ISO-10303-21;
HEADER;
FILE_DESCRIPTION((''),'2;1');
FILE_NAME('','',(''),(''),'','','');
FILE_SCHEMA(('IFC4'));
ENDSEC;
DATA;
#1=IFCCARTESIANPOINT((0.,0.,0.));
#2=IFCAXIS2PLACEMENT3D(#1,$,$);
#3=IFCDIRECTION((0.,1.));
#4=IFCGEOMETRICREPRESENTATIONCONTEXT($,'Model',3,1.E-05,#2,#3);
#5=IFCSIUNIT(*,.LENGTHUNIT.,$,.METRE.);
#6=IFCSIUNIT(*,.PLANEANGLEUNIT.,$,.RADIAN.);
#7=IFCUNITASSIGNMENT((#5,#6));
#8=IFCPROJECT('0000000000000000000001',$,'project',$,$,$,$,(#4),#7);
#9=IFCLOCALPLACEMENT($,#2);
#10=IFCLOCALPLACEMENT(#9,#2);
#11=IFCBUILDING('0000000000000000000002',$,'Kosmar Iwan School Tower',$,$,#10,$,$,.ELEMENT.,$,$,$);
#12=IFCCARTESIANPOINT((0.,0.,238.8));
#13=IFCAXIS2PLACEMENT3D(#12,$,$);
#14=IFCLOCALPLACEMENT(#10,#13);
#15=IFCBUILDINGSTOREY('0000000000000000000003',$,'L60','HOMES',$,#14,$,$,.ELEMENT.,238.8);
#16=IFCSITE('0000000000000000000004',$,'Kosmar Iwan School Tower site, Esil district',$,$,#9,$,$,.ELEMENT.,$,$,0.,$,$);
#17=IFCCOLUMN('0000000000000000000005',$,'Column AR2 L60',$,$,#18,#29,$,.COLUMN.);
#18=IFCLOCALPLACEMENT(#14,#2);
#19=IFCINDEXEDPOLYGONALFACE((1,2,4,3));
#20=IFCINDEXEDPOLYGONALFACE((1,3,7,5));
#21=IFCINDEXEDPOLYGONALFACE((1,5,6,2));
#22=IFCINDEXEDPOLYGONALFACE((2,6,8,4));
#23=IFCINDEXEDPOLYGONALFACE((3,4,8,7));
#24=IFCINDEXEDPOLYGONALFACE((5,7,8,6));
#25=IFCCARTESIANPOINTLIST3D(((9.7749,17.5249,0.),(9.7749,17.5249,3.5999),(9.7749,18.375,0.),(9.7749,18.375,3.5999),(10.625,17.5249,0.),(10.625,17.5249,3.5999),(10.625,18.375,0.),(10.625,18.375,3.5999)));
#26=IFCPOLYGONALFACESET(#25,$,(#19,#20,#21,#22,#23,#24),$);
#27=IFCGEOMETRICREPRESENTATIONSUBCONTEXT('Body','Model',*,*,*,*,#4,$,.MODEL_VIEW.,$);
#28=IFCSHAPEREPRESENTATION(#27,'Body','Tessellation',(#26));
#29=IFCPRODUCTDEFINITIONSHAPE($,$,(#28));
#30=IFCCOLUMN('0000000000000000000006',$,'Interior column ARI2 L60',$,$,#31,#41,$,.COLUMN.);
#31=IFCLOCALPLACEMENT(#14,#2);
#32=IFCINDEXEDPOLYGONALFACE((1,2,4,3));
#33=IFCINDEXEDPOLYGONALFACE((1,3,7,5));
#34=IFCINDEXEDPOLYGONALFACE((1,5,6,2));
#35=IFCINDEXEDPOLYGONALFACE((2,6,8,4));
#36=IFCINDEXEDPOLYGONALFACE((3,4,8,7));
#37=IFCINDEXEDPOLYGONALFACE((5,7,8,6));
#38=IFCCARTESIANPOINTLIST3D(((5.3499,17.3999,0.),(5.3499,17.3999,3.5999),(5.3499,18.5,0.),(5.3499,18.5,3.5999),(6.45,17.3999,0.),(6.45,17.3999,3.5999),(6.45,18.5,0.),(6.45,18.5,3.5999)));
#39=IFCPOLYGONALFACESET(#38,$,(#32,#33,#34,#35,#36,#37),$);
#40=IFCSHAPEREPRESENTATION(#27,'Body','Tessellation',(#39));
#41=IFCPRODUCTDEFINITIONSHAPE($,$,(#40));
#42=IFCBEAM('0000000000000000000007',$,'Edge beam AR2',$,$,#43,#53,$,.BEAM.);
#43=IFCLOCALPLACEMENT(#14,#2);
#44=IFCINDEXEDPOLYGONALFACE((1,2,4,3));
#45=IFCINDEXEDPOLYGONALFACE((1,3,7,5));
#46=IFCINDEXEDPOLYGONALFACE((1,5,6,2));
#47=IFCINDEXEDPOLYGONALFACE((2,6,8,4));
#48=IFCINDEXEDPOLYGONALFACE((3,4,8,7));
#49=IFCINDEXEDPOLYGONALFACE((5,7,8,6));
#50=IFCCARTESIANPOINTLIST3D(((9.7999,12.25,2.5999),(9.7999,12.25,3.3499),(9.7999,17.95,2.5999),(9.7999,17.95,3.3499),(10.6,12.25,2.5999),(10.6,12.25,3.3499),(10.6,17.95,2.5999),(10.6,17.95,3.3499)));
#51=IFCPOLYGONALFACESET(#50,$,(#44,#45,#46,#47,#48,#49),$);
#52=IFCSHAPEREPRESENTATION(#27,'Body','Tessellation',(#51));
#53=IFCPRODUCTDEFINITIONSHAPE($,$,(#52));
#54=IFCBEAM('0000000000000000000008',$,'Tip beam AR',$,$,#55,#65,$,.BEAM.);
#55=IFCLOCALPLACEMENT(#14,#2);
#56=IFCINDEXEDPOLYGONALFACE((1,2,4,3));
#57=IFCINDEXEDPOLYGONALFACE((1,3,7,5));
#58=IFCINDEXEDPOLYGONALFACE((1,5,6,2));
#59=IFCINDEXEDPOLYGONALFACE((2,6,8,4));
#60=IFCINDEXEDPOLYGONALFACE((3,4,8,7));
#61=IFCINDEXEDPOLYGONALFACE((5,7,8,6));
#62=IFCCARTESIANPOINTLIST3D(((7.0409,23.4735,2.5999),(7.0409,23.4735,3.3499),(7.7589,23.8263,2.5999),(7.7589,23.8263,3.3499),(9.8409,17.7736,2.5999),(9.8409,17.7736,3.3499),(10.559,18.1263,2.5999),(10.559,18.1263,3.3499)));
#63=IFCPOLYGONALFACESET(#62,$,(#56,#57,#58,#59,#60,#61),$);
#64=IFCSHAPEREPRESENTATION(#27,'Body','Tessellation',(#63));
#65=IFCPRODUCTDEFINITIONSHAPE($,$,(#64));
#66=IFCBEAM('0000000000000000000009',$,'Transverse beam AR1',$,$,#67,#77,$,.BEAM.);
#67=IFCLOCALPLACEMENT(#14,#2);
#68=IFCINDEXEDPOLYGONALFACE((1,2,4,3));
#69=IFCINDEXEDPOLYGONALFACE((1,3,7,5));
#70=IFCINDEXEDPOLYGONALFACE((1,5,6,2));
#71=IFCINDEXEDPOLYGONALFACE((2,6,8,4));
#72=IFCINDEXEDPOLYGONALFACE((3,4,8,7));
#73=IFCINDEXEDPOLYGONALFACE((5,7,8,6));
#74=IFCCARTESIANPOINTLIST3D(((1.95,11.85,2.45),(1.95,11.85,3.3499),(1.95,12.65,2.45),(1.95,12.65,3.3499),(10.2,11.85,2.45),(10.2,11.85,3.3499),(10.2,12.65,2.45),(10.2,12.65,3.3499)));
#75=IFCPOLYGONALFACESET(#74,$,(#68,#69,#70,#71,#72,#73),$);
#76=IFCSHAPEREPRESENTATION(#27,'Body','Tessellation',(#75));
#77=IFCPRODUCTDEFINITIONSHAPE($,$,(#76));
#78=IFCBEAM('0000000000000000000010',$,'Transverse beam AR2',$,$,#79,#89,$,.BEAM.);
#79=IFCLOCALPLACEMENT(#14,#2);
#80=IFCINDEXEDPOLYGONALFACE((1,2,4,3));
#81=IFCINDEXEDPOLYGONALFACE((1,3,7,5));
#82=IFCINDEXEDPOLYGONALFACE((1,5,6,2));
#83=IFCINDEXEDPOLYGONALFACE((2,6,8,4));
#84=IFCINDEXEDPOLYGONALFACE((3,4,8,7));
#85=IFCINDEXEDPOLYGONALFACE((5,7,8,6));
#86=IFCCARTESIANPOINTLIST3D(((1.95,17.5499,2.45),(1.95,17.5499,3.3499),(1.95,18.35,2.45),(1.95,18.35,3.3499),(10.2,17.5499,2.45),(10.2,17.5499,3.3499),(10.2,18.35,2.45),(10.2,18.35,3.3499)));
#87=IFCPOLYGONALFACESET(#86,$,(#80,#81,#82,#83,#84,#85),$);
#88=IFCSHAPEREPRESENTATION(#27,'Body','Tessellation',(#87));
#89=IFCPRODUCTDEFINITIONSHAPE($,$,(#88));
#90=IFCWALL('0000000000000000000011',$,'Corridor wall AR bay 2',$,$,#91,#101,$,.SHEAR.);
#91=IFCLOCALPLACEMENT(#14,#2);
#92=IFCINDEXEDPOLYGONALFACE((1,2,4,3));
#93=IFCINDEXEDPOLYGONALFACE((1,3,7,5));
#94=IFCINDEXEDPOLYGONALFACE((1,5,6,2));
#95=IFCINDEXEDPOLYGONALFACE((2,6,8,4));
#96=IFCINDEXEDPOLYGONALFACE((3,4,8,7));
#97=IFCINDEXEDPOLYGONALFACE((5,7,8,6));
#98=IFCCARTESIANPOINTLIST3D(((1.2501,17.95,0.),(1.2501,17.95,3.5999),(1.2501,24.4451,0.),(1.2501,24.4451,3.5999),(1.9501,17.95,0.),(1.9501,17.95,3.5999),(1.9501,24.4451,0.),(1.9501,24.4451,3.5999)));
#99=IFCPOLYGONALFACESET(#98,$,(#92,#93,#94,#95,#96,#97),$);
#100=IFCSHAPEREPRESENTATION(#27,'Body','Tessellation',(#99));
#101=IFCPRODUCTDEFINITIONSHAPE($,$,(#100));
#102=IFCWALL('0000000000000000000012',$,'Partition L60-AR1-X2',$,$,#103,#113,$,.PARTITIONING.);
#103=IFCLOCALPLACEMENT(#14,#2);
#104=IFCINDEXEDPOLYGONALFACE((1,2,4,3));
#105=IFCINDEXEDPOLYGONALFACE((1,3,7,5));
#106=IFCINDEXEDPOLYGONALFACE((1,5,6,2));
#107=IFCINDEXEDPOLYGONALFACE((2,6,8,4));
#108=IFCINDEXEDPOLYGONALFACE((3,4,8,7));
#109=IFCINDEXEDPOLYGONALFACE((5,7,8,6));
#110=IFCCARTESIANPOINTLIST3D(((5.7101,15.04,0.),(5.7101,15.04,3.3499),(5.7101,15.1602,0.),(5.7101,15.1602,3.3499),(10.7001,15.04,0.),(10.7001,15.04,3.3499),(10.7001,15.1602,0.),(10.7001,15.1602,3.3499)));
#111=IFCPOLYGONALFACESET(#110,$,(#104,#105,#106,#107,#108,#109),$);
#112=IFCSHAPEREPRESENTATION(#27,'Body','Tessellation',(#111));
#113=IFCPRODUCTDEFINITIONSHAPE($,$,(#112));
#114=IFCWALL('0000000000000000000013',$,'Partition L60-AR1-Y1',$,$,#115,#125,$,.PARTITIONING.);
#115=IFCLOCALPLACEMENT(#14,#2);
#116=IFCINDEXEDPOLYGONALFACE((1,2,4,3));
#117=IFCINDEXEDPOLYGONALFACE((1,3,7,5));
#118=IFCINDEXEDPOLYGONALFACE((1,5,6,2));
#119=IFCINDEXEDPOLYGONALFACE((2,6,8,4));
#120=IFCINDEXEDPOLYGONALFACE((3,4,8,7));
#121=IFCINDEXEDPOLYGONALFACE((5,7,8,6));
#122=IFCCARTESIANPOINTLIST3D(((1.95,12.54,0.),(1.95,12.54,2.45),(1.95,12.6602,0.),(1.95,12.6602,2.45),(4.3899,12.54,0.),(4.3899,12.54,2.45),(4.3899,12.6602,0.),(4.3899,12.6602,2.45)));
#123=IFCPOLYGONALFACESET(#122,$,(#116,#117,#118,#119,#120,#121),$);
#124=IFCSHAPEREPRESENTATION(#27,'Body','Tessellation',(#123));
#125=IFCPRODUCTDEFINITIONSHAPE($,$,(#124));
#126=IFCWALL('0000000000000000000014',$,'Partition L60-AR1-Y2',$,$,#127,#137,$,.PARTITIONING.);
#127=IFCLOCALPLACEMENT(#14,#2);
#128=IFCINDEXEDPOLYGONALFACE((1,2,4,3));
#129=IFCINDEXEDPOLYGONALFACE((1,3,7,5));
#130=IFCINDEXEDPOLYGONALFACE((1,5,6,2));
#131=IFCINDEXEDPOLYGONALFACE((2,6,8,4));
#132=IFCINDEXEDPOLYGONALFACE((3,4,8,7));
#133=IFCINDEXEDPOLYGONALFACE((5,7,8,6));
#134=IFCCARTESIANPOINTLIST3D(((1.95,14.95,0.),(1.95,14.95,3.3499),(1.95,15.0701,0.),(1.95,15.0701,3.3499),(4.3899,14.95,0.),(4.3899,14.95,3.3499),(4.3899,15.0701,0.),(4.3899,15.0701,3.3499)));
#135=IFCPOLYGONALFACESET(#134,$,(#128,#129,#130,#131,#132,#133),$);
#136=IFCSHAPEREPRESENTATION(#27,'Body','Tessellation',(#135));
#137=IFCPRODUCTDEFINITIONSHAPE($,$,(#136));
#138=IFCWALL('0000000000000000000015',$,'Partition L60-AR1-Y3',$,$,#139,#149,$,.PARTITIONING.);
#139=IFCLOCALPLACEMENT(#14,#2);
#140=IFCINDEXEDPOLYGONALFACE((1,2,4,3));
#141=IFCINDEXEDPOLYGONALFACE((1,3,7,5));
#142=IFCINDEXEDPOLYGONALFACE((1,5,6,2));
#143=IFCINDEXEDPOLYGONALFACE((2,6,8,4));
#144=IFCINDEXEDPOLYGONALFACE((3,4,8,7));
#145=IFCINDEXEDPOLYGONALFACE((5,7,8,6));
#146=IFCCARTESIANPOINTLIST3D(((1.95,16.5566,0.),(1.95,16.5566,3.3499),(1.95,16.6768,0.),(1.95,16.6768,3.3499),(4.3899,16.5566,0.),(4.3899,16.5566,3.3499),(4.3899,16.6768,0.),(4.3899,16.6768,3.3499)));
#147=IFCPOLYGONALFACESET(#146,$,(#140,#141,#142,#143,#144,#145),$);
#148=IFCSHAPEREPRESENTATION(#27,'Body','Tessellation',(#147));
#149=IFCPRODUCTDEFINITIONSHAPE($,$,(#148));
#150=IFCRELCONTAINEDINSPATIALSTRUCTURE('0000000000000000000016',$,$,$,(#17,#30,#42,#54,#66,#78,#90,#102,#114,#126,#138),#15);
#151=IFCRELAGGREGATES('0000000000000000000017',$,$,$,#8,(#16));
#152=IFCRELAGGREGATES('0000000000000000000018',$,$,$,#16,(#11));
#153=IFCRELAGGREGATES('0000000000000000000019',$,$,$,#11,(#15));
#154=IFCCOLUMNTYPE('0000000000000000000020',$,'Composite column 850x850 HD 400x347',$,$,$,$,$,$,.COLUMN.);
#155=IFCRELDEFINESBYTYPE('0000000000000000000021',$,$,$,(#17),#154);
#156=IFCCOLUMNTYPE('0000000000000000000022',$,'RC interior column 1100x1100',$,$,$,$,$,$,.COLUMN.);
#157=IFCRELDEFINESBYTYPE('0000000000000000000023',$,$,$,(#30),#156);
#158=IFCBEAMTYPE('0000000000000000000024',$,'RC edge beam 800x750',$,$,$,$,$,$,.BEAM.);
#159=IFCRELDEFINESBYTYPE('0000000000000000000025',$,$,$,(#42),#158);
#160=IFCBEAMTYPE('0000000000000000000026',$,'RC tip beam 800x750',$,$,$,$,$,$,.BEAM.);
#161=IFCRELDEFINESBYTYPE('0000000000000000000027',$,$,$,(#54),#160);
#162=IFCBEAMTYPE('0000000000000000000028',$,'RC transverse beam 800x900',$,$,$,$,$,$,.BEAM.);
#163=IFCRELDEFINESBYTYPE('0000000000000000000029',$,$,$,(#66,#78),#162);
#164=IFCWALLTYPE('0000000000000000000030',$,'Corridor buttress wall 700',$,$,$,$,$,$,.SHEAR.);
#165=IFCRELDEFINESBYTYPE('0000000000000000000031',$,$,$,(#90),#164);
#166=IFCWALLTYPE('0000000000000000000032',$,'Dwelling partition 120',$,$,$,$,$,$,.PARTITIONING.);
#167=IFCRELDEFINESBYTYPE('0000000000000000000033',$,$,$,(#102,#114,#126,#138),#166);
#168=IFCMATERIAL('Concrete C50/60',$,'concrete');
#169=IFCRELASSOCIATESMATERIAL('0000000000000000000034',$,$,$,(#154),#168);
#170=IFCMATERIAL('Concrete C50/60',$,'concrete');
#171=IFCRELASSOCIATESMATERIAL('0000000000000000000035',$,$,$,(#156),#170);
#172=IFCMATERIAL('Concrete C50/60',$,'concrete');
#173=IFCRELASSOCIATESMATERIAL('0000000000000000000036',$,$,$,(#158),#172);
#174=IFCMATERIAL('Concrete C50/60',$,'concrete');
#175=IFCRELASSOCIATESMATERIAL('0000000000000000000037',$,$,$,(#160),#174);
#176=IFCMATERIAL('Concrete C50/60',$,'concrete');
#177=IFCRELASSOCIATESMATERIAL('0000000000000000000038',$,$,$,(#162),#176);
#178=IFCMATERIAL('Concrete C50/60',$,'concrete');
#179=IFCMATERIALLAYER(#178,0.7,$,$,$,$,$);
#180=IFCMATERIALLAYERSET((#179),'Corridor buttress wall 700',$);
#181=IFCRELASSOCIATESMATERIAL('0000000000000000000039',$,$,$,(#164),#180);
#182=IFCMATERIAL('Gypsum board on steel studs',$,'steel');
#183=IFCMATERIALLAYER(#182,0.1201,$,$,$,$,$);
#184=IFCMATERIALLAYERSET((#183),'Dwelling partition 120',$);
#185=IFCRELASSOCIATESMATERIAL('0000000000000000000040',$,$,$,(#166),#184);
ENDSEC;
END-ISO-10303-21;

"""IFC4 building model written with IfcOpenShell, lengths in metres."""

from ifc_helpers import new_model, si_unit, direction, frame, frame_2d, origin, origin_2d, place, context, subcontext, project, spatial, rectangle, extrude, material, layer, layer_set, material_profile, profile_set, type_object, element, save


model = new_model("IFC4")

# Units and contexts
model_context = context("Model", 3, precision=1e-05, world=origin(), true_north=direction((0.0, 1.0)))
body_context = subcontext(model_context, "Body", "Model", "MODEL_VIEW")
ifc_project = project(units=[si_unit("LENGTHUNIT", "METRE"), si_unit("PLANEANGLEUNIT", "RADIAN")], contexts=[model_context])

# Site, building, storey
site_placement = place(None, origin())
site = spatial("IfcSite", under=ifc_project, at=site_placement, Name="Kosmar Iwan School Tower site, Esil district", CompositionType="ELEMENT", RefElevation=0.0)
building_placement = place(site_placement, origin())
building = spatial("IfcBuilding", under=site, at=building_placement, Name="Kosmar Iwan School Tower", CompositionType="ELEMENT")
storey_placement = place(building_placement, frame((0.0, 0.0, 238.8)))
storey = spatial("IfcBuildingStorey", under=building, at=storey_placement, Name="L60", Description="HOMES", CompositionType="ELEMENT", Elevation=238.8)

# Columns
ifc_material_1 = material(Name="Concrete C50/60", Category="concrete")
ifc_material_profile_1 = material_profile(ifc_material_1, rectangle(XDim=0.8501, YDim=0.8501, at=origin_2d()), Name="RC 850x850 + HD 400x347")
ifc_profile_set_1 = profile_set([ifc_material_profile_1], Name="Concrete C50/60")
column_type_1 = type_object("IfcColumnType", Name="Composite column 850x850 HD 400x347", PredefinedType="COLUMN", material=ifc_profile_set_1)
column_1_placement = place(storey_placement, frame((10.2, 17.95, 0.0), z_axis=(0.0, 0.0, 1.0), x_axis=(0.0, 1.0, 0.0)))
element("IfcColumn", 1, at=column_1_placement, inside=storey, type_object=column_type_1, Name="Column AR2 L60", PredefinedType="COLUMN", context=body_context, shape_type="SweptSolid", body=[
    extrude(rectangle(XDim=0.8501, YDim=0.8501, at=origin_2d()), origin(), (0.0, 0.0, 1.0), 3.5999),
])
ifc_material_2 = material(Name="Concrete C50/60", Category="concrete")
ifc_material_profile_2 = material_profile(ifc_material_2, rectangle(XDim=1.1001, YDim=1.1001, at=origin_2d()), Name="RC 1100x1100")
ifc_profile_set_2 = profile_set([ifc_material_profile_2], Name="Concrete C50/60")
column_type_2 = type_object("IfcColumnType", Name="RC interior column 1100x1100", PredefinedType="COLUMN", material=ifc_profile_set_2)
column_2_placement = place(storey_placement, frame((5.8999, 17.95, 0.0), z_axis=(0.0, 0.0, 1.0), x_axis=(0.0, 1.0, 0.0)))
element("IfcColumn", 2, at=column_2_placement, inside=storey, type_object=column_type_2, Name="Interior column ARI2 L60", PredefinedType="COLUMN", context=body_context, shape_type="SweptSolid", body=[
    extrude(rectangle(XDim=1.1001, YDim=1.1001, at=origin_2d()), origin(), (0.0, 0.0, 1.0), 3.5999),
])

# Beams
ifc_material_3 = material(Name="Concrete C50/60", Category="concrete")
ifc_material_profile_3 = material_profile(ifc_material_3, rectangle(XDim=0.8, YDim=0.75, at=origin_2d()), Name="RC 800x750")
ifc_profile_set_3 = profile_set([ifc_material_profile_3], Name="Concrete C50/60")
beam_type_1 = type_object("IfcBeamType", Name="RC edge beam 800x750", PredefinedType="BEAM", material=ifc_profile_set_3)
beam_1_placement = place(storey_placement, frame((10.2, 12.25, 2.9749), z_axis=(0.0, 1.0, 0.0), x_axis=(-1.0, 0.0, 0.0)))
element("IfcBeam", 3, at=beam_1_placement, inside=storey, type_object=beam_type_1, Name="Edge beam AR2", PredefinedType="BEAM", context=body_context, shape_type="SweptSolid", body=[
    extrude(rectangle(XDim=0.8, YDim=0.75, at=origin_2d()), origin(), (0.0, 0.0, 1.0), 5.7),
])
ifc_material_4 = material(Name="Concrete C50/60", Category="concrete")
ifc_material_profile_4 = material_profile(ifc_material_4, rectangle(XDim=0.8, YDim=0.75, at=origin_2d()), Name="RC 800x750")
ifc_profile_set_4 = profile_set([ifc_material_profile_4], Name="Concrete C50/60")
beam_type_2 = type_object("IfcBeamType", Name="RC tip beam 800x750", PredefinedType="BEAM", material=ifc_profile_set_4)
beam_2_placement = place(storey_placement, frame((10.2, 17.95, 2.9749), z_axis=(-0.440913, 0.89755, 0.0), x_axis=(-0.89755, -0.440913, 0.0)))
element("IfcBeam", 4, at=beam_2_placement, inside=storey, type_object=beam_type_2, Name="Tip beam AR", PredefinedType="BEAM", context=body_context, shape_type="SweptSolid", body=[
    extrude(rectangle(XDim=0.8, YDim=0.75, at=origin_2d()), origin(), (0.0, 0.0, 1.0), 6.3506),
])
ifc_material_5 = material(Name="Concrete C50/60", Category="concrete")
ifc_material_profile_5 = material_profile(ifc_material_5, rectangle(XDim=0.8, YDim=0.8999, at=origin_2d()), Name="RC 800x900")
ifc_profile_set_5 = profile_set([ifc_material_profile_5], Name="Concrete C50/60")
beam_type_3 = type_object("IfcBeamType", Name="RC transverse beam 800x900", PredefinedType="BEAM", material=ifc_profile_set_5)
for number, where, z_axis, x_axis, name in (
    (5, (10.2, 12.25, 2.8999), (-1.0, 0.0, 0.0), (0.0, -1.0, 0.0), "Transverse beam AR1"),
    (6, (10.2, 17.95, 2.8999), (-1.0, 0.0, 0.0), (0.0, -1.0, 0.0), "Transverse beam AR2"),
):
    element("IfcBeam", number, at=place(storey_placement, frame(where, z_axis=z_axis, x_axis=x_axis)), inside=storey, type_object=beam_type_3, Name=name, PredefinedType="BEAM", context=body_context, shape_type="SweptSolid", body=[
        extrude(rectangle(XDim=0.8, YDim=0.8999, at=origin_2d()), origin(), (0.0, 0.0, 1.0), 8.25),
    ])

# Walls
ifc_material_6 = material(Name="Concrete C50/60", Category="concrete")
ifc_layer_1 = layer(ifc_material_6, 0.7)
ifc_layer_set_1 = layer_set([ifc_layer_1], Name="Corridor buttress wall 700")
wall_type_1 = type_object("IfcWallType", Name="Corridor buttress wall 700", PredefinedType="SHEAR", material=ifc_layer_set_1)
wall_1_placement = place(storey_placement, frame((1.6001, 17.95, 0.0), z_axis=(0.0, 0.0, 1.0), x_axis=(0.0, 1.0, 0.0)))
element("IfcWall", 7, at=wall_1_placement, inside=storey, type_object=wall_type_1, Name="Corridor wall AR bay 2", PredefinedType="SHEAR", context=body_context, shape_type="SweptSolid", body=[
    extrude(rectangle(XDim=6.4951, YDim=0.7, at=frame_2d((3.2476, 0.0))), origin(), (0.0, 0.0, 1.0), 3.5999),
])
ifc_material_7 = material(Name="Gypsum board on steel studs", Category="steel")
ifc_layer_2 = layer(ifc_material_7, 0.1201)
ifc_layer_set_2 = layer_set([ifc_layer_2], Name="Dwelling partition 120")
wall_type_2 = type_object("IfcWallType", Name="Dwelling partition 120", PredefinedType="PARTITIONING", material=ifc_layer_set_2)
wall_2_placement = place(storey_placement, frame((5.71, 15.1001, 0.0), z_axis=(0.0, 0.0, 1.0), x_axis=(1.0, 0.0, 0.0)))
element("IfcWall", 8, at=wall_2_placement, inside=storey, type_object=wall_type_2, Name="Partition L60-AR1-X2", PredefinedType="PARTITIONING", context=body_context, shape_type="SweptSolid", body=[
    extrude(rectangle(XDim=4.99, YDim=0.1201, at=frame_2d((2.4951, 0.0))), origin(), (0.0, 0.0, 1.0), 3.3499),
])
wall_3_placement = place(storey_placement, frame((1.95, 12.6001, 0.0), z_axis=(0.0, 0.0, 1.0), x_axis=(1.0, 0.0, 0.0)))
element("IfcWall", 9, at=wall_3_placement, inside=storey, type_object=wall_type_2, Name="Partition L60-AR1-Y1", PredefinedType="PARTITIONING", context=body_context, shape_type="SweptSolid", body=[
    extrude(rectangle(XDim=2.4399, YDim=0.1201, at=frame_2d((1.22, 0.0))), origin(), (0.0, 0.0, 1.0), 2.45),
])
for number, where, z_axis, x_axis, name in (
    (10, (1.95, 15.01, 0.0), (0.0, 0.0, 1.0), (1.0, 0.0, 0.0), "Partition L60-AR1-Y2"),
    (11, (1.95, 16.6167, 0.0), (0.0, 0.0, 1.0), (1.0, 0.0, 0.0), "Partition L60-AR1-Y3"),
):
    element("IfcWall", number, at=place(storey_placement, frame(where, z_axis=z_axis, x_axis=x_axis)), inside=storey, type_object=wall_type_2, Name=name, PredefinedType="PARTITIONING", context=body_context, shape_type="SweptSolid", body=[
        extrude(rectangle(XDim=2.4399, YDim=0.1201, at=frame_2d((1.22, 0.0))), origin(), (0.0, 0.0, 1.0), 3.3499),
    ])

save(model, "model.ifc")
